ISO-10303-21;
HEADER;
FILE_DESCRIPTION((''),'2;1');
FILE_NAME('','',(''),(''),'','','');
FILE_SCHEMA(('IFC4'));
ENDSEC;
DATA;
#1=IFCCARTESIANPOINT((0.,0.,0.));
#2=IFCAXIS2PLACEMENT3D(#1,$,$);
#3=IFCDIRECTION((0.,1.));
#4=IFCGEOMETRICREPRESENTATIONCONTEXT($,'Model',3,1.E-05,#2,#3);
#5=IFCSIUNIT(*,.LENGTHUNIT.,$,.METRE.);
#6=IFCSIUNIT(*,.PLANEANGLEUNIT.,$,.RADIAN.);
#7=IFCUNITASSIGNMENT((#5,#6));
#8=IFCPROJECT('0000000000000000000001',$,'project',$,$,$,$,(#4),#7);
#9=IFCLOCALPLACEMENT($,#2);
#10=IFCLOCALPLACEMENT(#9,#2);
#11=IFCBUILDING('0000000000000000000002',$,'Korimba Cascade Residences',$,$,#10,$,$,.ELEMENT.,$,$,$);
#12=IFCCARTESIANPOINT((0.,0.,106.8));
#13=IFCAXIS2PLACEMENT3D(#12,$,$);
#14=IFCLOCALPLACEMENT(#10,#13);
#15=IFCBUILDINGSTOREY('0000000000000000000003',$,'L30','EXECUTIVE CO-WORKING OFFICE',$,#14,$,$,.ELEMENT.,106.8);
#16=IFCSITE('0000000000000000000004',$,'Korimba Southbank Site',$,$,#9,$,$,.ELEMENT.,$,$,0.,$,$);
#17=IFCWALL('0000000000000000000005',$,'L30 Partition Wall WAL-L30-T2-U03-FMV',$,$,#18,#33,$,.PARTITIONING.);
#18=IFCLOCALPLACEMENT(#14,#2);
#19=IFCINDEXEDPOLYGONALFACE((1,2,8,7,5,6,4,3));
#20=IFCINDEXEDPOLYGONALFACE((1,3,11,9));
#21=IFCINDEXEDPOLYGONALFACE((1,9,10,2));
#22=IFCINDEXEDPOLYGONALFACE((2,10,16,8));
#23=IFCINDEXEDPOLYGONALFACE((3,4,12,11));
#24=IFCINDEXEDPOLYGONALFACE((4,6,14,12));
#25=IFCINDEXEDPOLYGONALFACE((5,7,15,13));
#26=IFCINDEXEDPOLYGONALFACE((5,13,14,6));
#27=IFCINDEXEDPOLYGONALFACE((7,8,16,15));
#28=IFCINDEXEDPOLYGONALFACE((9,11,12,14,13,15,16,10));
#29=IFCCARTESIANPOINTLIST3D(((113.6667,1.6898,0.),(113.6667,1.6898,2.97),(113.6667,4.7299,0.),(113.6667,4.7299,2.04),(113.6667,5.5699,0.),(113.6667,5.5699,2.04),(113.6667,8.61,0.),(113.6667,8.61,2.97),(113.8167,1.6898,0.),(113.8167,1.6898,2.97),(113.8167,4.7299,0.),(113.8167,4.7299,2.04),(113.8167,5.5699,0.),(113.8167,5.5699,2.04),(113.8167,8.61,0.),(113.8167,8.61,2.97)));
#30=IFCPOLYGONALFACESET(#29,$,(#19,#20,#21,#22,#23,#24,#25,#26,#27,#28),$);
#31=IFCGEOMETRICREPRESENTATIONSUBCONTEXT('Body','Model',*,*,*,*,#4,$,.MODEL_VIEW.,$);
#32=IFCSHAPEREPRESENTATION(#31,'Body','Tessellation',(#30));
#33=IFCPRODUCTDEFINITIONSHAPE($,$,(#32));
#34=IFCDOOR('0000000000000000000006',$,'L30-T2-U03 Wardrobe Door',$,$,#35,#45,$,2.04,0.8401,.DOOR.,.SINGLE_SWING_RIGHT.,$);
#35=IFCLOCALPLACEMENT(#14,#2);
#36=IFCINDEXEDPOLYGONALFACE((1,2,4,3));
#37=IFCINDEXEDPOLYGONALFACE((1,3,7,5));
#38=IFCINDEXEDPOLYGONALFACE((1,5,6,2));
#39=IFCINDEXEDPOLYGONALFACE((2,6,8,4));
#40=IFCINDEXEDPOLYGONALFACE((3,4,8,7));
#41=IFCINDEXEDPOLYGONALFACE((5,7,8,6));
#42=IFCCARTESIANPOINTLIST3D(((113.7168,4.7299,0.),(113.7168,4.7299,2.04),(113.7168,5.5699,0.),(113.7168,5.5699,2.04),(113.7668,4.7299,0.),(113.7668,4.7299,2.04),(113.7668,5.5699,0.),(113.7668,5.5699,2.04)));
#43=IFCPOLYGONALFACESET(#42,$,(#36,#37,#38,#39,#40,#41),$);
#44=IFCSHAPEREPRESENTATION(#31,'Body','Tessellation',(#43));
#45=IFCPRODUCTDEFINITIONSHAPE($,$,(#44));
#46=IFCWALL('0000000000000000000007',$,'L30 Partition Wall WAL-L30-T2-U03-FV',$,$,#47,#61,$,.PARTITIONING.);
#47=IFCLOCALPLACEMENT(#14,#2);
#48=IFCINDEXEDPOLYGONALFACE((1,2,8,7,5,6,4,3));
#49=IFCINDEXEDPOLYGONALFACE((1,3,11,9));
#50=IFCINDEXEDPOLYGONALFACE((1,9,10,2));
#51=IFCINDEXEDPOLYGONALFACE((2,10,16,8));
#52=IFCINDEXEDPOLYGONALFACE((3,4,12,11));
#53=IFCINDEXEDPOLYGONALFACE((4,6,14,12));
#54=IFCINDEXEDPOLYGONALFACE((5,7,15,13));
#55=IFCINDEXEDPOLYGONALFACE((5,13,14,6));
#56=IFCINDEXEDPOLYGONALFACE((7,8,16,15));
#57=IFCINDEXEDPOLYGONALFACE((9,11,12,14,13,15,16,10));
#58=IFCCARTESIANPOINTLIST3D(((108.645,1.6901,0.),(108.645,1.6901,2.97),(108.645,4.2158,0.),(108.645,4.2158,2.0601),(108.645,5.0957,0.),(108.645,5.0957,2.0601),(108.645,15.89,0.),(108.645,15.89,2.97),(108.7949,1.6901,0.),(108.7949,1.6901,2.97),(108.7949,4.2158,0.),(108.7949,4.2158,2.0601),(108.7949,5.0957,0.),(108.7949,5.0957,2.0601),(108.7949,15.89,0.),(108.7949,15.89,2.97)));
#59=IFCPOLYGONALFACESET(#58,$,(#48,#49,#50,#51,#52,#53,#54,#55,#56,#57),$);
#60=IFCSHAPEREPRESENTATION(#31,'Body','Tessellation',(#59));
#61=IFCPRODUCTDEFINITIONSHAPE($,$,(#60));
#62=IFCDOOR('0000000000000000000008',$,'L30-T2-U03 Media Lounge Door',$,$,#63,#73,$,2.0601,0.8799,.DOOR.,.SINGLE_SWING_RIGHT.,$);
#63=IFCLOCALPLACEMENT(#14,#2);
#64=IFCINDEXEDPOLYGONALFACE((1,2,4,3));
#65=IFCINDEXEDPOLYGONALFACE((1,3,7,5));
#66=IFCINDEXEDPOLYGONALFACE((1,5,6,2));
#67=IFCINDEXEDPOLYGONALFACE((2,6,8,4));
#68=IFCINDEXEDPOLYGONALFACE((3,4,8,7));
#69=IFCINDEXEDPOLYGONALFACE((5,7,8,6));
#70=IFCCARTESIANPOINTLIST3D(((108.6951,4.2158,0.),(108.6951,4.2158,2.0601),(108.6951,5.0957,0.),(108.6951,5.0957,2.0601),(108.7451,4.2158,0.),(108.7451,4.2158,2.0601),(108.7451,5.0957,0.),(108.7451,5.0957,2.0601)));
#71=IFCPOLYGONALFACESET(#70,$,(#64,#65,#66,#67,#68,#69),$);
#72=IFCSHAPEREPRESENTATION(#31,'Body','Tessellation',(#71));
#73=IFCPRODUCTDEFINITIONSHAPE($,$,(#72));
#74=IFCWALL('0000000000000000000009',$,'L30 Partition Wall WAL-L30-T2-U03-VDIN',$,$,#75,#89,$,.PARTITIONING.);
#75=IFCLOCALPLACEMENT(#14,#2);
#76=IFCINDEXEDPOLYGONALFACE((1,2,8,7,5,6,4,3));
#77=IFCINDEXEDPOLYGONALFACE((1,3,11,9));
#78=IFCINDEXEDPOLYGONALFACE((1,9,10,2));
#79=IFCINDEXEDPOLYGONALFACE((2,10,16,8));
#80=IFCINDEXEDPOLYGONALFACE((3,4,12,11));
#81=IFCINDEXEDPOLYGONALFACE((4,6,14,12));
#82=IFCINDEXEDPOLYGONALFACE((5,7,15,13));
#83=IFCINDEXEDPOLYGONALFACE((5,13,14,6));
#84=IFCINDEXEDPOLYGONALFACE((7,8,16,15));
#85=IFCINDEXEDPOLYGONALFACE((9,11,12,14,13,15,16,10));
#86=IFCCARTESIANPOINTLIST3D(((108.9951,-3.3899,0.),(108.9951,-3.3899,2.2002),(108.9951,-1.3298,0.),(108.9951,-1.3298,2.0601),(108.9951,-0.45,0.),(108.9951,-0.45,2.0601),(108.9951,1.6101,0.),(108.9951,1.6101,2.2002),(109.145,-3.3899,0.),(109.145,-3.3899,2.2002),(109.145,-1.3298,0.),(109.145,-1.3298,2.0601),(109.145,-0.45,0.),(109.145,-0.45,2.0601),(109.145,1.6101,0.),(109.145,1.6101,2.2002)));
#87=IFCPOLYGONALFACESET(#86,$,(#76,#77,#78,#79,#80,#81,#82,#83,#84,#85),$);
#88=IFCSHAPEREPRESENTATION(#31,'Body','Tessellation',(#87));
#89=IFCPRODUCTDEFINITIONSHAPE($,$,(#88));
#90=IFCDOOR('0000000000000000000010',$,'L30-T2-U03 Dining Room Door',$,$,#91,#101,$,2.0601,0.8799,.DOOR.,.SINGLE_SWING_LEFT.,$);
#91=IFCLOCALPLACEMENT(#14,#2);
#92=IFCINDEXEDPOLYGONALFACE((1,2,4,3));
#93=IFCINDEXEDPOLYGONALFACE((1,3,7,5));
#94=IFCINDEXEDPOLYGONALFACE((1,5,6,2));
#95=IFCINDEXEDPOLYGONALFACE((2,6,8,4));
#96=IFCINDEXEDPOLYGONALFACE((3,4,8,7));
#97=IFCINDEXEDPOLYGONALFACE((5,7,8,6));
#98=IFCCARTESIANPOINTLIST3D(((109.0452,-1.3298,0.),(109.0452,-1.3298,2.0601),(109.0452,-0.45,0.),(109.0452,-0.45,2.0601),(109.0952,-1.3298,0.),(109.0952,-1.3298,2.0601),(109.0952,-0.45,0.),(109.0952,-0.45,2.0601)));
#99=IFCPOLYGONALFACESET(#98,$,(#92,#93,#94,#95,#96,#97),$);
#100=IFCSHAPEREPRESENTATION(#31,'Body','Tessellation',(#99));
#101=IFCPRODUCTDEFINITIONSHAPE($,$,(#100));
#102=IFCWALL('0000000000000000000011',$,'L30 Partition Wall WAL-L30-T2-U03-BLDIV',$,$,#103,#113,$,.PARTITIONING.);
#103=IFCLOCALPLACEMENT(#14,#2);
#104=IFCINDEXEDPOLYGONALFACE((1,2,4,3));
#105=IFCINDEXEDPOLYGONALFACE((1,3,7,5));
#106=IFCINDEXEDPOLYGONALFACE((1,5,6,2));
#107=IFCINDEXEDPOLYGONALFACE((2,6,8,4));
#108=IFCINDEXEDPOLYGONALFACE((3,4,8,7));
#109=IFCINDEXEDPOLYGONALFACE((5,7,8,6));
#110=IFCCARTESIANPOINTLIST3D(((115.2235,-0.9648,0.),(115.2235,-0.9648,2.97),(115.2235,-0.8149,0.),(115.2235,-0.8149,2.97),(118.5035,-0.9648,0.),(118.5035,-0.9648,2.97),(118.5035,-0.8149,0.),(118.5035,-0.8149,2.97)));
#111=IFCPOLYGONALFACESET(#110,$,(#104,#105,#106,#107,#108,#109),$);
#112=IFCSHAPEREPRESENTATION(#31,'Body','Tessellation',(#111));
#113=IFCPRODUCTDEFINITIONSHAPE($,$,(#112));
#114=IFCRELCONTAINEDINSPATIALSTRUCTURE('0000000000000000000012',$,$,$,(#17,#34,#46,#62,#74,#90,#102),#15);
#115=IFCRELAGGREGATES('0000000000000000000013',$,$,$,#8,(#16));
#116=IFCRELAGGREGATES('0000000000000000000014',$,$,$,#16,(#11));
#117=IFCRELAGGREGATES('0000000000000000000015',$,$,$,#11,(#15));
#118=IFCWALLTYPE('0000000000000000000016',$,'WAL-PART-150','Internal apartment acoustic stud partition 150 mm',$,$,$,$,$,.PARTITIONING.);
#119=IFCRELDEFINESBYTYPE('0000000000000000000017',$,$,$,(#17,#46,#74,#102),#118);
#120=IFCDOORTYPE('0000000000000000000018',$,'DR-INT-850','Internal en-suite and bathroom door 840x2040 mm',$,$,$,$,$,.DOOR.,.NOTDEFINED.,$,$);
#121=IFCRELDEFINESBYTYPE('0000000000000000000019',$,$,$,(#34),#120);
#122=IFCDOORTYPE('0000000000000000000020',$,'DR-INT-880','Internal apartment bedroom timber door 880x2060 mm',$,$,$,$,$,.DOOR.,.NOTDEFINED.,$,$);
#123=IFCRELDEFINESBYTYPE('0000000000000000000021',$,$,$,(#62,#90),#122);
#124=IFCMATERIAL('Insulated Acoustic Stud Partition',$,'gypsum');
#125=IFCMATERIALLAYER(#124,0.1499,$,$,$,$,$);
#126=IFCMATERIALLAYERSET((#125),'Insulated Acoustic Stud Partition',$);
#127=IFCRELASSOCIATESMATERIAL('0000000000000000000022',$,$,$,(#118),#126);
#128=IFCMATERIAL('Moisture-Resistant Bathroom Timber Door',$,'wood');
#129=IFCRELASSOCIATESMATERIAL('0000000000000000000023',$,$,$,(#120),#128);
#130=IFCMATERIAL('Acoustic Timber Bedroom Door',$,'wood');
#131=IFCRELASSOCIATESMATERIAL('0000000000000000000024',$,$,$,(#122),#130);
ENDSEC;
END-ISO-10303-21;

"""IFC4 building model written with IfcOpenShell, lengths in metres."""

from ifc_helpers import new_model, si_unit, direction, frame, frame_2d, origin, place, context, subcontext, project, spatial, rectangle, extrude, material, layer, layer_set, type_object, element, fill, save


model = new_model("IFC4")

# Units and contexts
model_context = context("Model", 3, precision=1e-05, world=origin(), true_north=direction((0.0, 1.0)))
body_context = subcontext(model_context, "Body", "Model", "MODEL_VIEW")
ifc_project = project(units=[si_unit("LENGTHUNIT", "METRE"), si_unit("PLANEANGLEUNIT", "RADIAN")], contexts=[model_context])

# Site, building, storey
site_placement = place(None, origin())
site = spatial("IfcSite", under=ifc_project, at=site_placement, Name="Korimba Southbank Site", CompositionType="ELEMENT", RefElevation=0.0)
building_placement = place(site_placement, origin())
building = spatial("IfcBuilding", under=site, at=building_placement, Name="Korimba Cascade Residences", CompositionType="ELEMENT")
storey_placement = place(building_placement, frame((0.0, 0.0, 106.8)))
storey = spatial("IfcBuildingStorey", under=building, at=storey_placement, Name="L30", Description="EXECUTIVE CO-WORKING OFFICE", CompositionType="ELEMENT", Elevation=106.8)

# Walls, openings, doors
ifc_material_1 = material(Name="Insulated Acoustic Stud Partition", Category="gypsum")
ifc_layer = layer(ifc_material_1, 0.1499)
ifc_layer_set = layer_set([ifc_layer], Name="Insulated Acoustic Stud Partition")
wall_type = type_object("IfcWallType", Name="WAL-PART-150", Description="Internal apartment acoustic stud partition 150 mm", PredefinedType="PARTITIONING", material=ifc_layer_set)
wall_1_placement = place(storey_placement, frame((113.7417, 1.6899, 0.0), z_axis=(0.0, 0.0, 1.0), x_axis=(0.0, 1.0, 0.0)))
wall_1 = element("IfcWall", 1, at=wall_1_placement, inside=storey, type_object=wall_type, Name="L30 Partition Wall WAL-L30-T2-U03-FMV", PredefinedType="PARTITIONING", context=body_context, shape_type="SweptSolid", body=[
    extrude(rectangle(XDim=6.9202, YDim=0.1499, at=frame_2d((3.46, 0.0))), origin(), (0.0, 0.0, 1.0), 2.97),
])
opening_1_placement = place(wall_1_placement, frame((3.04, 0.0, 0.0)))
opening_1 = element("IfcOpeningElement", 2, at=opening_1_placement, cuts=wall_1, PredefinedType="OPENING", context=body_context, shape_type="SweptSolid", body=[
    extrude(rectangle(XDim=0.8401, YDim=2.04, at=frame_2d((0.4199, 1.02))), frame((0.0, 0.085, 0.0), z_axis=(0.0, -1.0, 0.0), x_axis=(1.0, 0.0, 0.0)), (0.0, 0.0, 1.0), 0.1699),
])
ifc_material_2 = material(Name="Moisture-Resistant Bathroom Timber Door", Category="wood")
door_type_1 = type_object("IfcDoorType", Name="DR-INT-850", Description="Internal en-suite and bathroom door 840x2040 mm", OperationType="NOTDEFINED", PredefinedType="DOOR", material=ifc_material_2)
door_1_placement = place(opening_1_placement, origin())
door_1 = element("IfcDoor", 3, at=door_1_placement, inside=storey, type_object=door_type_1, Name="L30-T2-U03 Wardrobe Door", OperationType="SINGLE_SWING_RIGHT", OverallHeight=2.04, OverallWidth=0.8401, PredefinedType="DOOR", context=body_context, shape_type="SweptSolid", body=[
    extrude(rectangle(XDim=0.8401, YDim=2.04, at=frame_2d((0.4199, 1.02))), frame((0.0, 0.0249, 0.0), z_axis=(0.0, -1.0, 0.0), x_axis=(1.0, 0.0, 0.0)), (0.0, 0.0, 1.0), 0.05),
])
fill(opening_1, door_1)
wall_2_placement = place(storey_placement, frame((108.72, 1.6899, 0.0), z_axis=(0.0, 0.0, 1.0), x_axis=(0.0, 1.0, 0.0)))
wall_2 = element("IfcWall", 4, at=wall_2_placement, inside=storey, type_object=wall_type, Name="L30 Partition Wall WAL-L30-T2-U03-FV", PredefinedType="PARTITIONING", context=body_context, shape_type="SweptSolid", body=[
    extrude(rectangle(XDim=14.2, YDim=0.1499, at=frame_2d((7.1001, 0.0))), origin(), (0.0, 0.0, 1.0), 2.97),
])
opening_2_placement = place(wall_2_placement, frame((2.5259, 0.0, 0.0)))
opening_2 = element("IfcOpeningElement", 5, at=opening_2_placement, cuts=wall_2, PredefinedType="OPENING", context=body_context, shape_type="SweptSolid", body=[
    extrude(rectangle(XDim=0.8799, YDim=2.0601, at=frame_2d((0.4399, 1.03))), frame((0.0, 0.085, 0.0), z_axis=(0.0, -1.0, 0.0), x_axis=(1.0, 0.0, 0.0)), (0.0, 0.0, 1.0), 0.1699),
])
ifc_material_3 = material(Name="Acoustic Timber Bedroom Door", Category="wood")
door_type_2 = type_object("IfcDoorType", Name="DR-INT-880", Description="Internal apartment bedroom timber door 880x2060 mm", OperationType="NOTDEFINED", PredefinedType="DOOR", material=ifc_material_3)
door_2_placement = place(opening_2_placement, origin())
door_2 = element("IfcDoor", 6, at=door_2_placement, inside=storey, type_object=door_type_2, Name="L30-T2-U03 Media Lounge Door", OperationType="SINGLE_SWING_RIGHT", OverallHeight=2.0601, OverallWidth=0.8799, PredefinedType="DOOR", context=body_context, shape_type="SweptSolid", body=[
    extrude(rectangle(XDim=0.8799, YDim=2.0601, at=frame_2d((0.4399, 1.03))), frame((0.0, 0.0249, 0.0), z_axis=(0.0, -1.0, 0.0), x_axis=(1.0, 0.0, 0.0)), (0.0, 0.0, 1.0), 0.05),
])
fill(opening_2, door_2)
wall_3_placement = place(storey_placement, frame((109.0701, -3.3899, 0.0), z_axis=(0.0, 0.0, 1.0), x_axis=(0.0, 1.0, 0.0)))
wall_3 = element("IfcWall", 7, at=wall_3_placement, inside=storey, type_object=wall_type, Name="L30 Partition Wall WAL-L30-T2-U03-VDIN", PredefinedType="PARTITIONING", context=body_context, shape_type="SweptSolid", body=[
    extrude(rectangle(XDim=5.0, YDim=0.1499, at=frame_2d((2.5, 0.0))), origin(), (0.0, 0.0, 1.0), 2.2002),
])
opening_3_placement = place(wall_3_placement, frame((2.0601, 0.0, 0.0)))
opening_3 = element("IfcOpeningElement", 8, at=opening_3_placement, cuts=wall_3, PredefinedType="OPENING", context=body_context, shape_type="SweptSolid", body=[
    extrude(rectangle(XDim=0.8799, YDim=2.0601, at=frame_2d((0.4399, 1.03))), frame((0.0, 0.085, 0.0), z_axis=(0.0, -1.0, 0.0), x_axis=(1.0, 0.0, 0.0)), (0.0, 0.0, 1.0), 0.1699),
])
door_3_placement = place(opening_3_placement, origin())
door_3 = element("IfcDoor", 9, at=door_3_placement, inside=storey, type_object=door_type_2, Name="L30-T2-U03 Dining Room Door", OperationType="SINGLE_SWING_LEFT", OverallHeight=2.0601, OverallWidth=0.8799, PredefinedType="DOOR", context=body_context, shape_type="SweptSolid", body=[
    extrude(rectangle(XDim=0.8799, YDim=2.0601, at=frame_2d((0.4399, 1.03))), frame((0.0, 0.0249, 0.0), z_axis=(0.0, -1.0, 0.0), x_axis=(1.0, 0.0, 0.0)), (0.0, 0.0, 1.0), 0.05),
])
fill(opening_3, door_3)

# Wall
wall_4_placement = place(storey_placement, frame((115.2234, -0.8899, 0.0), z_axis=(0.0, 0.0, 1.0), x_axis=(1.0, 0.0, 0.0)))
element("IfcWall", 10, at=wall_4_placement, inside=storey, type_object=wall_type, Name="L30 Partition Wall WAL-L30-T2-U03-BLDIV", PredefinedType="PARTITIONING", context=body_context, shape_type="SweptSolid", body=[
    extrude(rectangle(XDim=3.28, YDim=0.1499, at=frame_2d((1.6401, 0.0))), origin(), (0.0, 0.0, 1.0), 2.97),
])

save(model, "model.ifc")
